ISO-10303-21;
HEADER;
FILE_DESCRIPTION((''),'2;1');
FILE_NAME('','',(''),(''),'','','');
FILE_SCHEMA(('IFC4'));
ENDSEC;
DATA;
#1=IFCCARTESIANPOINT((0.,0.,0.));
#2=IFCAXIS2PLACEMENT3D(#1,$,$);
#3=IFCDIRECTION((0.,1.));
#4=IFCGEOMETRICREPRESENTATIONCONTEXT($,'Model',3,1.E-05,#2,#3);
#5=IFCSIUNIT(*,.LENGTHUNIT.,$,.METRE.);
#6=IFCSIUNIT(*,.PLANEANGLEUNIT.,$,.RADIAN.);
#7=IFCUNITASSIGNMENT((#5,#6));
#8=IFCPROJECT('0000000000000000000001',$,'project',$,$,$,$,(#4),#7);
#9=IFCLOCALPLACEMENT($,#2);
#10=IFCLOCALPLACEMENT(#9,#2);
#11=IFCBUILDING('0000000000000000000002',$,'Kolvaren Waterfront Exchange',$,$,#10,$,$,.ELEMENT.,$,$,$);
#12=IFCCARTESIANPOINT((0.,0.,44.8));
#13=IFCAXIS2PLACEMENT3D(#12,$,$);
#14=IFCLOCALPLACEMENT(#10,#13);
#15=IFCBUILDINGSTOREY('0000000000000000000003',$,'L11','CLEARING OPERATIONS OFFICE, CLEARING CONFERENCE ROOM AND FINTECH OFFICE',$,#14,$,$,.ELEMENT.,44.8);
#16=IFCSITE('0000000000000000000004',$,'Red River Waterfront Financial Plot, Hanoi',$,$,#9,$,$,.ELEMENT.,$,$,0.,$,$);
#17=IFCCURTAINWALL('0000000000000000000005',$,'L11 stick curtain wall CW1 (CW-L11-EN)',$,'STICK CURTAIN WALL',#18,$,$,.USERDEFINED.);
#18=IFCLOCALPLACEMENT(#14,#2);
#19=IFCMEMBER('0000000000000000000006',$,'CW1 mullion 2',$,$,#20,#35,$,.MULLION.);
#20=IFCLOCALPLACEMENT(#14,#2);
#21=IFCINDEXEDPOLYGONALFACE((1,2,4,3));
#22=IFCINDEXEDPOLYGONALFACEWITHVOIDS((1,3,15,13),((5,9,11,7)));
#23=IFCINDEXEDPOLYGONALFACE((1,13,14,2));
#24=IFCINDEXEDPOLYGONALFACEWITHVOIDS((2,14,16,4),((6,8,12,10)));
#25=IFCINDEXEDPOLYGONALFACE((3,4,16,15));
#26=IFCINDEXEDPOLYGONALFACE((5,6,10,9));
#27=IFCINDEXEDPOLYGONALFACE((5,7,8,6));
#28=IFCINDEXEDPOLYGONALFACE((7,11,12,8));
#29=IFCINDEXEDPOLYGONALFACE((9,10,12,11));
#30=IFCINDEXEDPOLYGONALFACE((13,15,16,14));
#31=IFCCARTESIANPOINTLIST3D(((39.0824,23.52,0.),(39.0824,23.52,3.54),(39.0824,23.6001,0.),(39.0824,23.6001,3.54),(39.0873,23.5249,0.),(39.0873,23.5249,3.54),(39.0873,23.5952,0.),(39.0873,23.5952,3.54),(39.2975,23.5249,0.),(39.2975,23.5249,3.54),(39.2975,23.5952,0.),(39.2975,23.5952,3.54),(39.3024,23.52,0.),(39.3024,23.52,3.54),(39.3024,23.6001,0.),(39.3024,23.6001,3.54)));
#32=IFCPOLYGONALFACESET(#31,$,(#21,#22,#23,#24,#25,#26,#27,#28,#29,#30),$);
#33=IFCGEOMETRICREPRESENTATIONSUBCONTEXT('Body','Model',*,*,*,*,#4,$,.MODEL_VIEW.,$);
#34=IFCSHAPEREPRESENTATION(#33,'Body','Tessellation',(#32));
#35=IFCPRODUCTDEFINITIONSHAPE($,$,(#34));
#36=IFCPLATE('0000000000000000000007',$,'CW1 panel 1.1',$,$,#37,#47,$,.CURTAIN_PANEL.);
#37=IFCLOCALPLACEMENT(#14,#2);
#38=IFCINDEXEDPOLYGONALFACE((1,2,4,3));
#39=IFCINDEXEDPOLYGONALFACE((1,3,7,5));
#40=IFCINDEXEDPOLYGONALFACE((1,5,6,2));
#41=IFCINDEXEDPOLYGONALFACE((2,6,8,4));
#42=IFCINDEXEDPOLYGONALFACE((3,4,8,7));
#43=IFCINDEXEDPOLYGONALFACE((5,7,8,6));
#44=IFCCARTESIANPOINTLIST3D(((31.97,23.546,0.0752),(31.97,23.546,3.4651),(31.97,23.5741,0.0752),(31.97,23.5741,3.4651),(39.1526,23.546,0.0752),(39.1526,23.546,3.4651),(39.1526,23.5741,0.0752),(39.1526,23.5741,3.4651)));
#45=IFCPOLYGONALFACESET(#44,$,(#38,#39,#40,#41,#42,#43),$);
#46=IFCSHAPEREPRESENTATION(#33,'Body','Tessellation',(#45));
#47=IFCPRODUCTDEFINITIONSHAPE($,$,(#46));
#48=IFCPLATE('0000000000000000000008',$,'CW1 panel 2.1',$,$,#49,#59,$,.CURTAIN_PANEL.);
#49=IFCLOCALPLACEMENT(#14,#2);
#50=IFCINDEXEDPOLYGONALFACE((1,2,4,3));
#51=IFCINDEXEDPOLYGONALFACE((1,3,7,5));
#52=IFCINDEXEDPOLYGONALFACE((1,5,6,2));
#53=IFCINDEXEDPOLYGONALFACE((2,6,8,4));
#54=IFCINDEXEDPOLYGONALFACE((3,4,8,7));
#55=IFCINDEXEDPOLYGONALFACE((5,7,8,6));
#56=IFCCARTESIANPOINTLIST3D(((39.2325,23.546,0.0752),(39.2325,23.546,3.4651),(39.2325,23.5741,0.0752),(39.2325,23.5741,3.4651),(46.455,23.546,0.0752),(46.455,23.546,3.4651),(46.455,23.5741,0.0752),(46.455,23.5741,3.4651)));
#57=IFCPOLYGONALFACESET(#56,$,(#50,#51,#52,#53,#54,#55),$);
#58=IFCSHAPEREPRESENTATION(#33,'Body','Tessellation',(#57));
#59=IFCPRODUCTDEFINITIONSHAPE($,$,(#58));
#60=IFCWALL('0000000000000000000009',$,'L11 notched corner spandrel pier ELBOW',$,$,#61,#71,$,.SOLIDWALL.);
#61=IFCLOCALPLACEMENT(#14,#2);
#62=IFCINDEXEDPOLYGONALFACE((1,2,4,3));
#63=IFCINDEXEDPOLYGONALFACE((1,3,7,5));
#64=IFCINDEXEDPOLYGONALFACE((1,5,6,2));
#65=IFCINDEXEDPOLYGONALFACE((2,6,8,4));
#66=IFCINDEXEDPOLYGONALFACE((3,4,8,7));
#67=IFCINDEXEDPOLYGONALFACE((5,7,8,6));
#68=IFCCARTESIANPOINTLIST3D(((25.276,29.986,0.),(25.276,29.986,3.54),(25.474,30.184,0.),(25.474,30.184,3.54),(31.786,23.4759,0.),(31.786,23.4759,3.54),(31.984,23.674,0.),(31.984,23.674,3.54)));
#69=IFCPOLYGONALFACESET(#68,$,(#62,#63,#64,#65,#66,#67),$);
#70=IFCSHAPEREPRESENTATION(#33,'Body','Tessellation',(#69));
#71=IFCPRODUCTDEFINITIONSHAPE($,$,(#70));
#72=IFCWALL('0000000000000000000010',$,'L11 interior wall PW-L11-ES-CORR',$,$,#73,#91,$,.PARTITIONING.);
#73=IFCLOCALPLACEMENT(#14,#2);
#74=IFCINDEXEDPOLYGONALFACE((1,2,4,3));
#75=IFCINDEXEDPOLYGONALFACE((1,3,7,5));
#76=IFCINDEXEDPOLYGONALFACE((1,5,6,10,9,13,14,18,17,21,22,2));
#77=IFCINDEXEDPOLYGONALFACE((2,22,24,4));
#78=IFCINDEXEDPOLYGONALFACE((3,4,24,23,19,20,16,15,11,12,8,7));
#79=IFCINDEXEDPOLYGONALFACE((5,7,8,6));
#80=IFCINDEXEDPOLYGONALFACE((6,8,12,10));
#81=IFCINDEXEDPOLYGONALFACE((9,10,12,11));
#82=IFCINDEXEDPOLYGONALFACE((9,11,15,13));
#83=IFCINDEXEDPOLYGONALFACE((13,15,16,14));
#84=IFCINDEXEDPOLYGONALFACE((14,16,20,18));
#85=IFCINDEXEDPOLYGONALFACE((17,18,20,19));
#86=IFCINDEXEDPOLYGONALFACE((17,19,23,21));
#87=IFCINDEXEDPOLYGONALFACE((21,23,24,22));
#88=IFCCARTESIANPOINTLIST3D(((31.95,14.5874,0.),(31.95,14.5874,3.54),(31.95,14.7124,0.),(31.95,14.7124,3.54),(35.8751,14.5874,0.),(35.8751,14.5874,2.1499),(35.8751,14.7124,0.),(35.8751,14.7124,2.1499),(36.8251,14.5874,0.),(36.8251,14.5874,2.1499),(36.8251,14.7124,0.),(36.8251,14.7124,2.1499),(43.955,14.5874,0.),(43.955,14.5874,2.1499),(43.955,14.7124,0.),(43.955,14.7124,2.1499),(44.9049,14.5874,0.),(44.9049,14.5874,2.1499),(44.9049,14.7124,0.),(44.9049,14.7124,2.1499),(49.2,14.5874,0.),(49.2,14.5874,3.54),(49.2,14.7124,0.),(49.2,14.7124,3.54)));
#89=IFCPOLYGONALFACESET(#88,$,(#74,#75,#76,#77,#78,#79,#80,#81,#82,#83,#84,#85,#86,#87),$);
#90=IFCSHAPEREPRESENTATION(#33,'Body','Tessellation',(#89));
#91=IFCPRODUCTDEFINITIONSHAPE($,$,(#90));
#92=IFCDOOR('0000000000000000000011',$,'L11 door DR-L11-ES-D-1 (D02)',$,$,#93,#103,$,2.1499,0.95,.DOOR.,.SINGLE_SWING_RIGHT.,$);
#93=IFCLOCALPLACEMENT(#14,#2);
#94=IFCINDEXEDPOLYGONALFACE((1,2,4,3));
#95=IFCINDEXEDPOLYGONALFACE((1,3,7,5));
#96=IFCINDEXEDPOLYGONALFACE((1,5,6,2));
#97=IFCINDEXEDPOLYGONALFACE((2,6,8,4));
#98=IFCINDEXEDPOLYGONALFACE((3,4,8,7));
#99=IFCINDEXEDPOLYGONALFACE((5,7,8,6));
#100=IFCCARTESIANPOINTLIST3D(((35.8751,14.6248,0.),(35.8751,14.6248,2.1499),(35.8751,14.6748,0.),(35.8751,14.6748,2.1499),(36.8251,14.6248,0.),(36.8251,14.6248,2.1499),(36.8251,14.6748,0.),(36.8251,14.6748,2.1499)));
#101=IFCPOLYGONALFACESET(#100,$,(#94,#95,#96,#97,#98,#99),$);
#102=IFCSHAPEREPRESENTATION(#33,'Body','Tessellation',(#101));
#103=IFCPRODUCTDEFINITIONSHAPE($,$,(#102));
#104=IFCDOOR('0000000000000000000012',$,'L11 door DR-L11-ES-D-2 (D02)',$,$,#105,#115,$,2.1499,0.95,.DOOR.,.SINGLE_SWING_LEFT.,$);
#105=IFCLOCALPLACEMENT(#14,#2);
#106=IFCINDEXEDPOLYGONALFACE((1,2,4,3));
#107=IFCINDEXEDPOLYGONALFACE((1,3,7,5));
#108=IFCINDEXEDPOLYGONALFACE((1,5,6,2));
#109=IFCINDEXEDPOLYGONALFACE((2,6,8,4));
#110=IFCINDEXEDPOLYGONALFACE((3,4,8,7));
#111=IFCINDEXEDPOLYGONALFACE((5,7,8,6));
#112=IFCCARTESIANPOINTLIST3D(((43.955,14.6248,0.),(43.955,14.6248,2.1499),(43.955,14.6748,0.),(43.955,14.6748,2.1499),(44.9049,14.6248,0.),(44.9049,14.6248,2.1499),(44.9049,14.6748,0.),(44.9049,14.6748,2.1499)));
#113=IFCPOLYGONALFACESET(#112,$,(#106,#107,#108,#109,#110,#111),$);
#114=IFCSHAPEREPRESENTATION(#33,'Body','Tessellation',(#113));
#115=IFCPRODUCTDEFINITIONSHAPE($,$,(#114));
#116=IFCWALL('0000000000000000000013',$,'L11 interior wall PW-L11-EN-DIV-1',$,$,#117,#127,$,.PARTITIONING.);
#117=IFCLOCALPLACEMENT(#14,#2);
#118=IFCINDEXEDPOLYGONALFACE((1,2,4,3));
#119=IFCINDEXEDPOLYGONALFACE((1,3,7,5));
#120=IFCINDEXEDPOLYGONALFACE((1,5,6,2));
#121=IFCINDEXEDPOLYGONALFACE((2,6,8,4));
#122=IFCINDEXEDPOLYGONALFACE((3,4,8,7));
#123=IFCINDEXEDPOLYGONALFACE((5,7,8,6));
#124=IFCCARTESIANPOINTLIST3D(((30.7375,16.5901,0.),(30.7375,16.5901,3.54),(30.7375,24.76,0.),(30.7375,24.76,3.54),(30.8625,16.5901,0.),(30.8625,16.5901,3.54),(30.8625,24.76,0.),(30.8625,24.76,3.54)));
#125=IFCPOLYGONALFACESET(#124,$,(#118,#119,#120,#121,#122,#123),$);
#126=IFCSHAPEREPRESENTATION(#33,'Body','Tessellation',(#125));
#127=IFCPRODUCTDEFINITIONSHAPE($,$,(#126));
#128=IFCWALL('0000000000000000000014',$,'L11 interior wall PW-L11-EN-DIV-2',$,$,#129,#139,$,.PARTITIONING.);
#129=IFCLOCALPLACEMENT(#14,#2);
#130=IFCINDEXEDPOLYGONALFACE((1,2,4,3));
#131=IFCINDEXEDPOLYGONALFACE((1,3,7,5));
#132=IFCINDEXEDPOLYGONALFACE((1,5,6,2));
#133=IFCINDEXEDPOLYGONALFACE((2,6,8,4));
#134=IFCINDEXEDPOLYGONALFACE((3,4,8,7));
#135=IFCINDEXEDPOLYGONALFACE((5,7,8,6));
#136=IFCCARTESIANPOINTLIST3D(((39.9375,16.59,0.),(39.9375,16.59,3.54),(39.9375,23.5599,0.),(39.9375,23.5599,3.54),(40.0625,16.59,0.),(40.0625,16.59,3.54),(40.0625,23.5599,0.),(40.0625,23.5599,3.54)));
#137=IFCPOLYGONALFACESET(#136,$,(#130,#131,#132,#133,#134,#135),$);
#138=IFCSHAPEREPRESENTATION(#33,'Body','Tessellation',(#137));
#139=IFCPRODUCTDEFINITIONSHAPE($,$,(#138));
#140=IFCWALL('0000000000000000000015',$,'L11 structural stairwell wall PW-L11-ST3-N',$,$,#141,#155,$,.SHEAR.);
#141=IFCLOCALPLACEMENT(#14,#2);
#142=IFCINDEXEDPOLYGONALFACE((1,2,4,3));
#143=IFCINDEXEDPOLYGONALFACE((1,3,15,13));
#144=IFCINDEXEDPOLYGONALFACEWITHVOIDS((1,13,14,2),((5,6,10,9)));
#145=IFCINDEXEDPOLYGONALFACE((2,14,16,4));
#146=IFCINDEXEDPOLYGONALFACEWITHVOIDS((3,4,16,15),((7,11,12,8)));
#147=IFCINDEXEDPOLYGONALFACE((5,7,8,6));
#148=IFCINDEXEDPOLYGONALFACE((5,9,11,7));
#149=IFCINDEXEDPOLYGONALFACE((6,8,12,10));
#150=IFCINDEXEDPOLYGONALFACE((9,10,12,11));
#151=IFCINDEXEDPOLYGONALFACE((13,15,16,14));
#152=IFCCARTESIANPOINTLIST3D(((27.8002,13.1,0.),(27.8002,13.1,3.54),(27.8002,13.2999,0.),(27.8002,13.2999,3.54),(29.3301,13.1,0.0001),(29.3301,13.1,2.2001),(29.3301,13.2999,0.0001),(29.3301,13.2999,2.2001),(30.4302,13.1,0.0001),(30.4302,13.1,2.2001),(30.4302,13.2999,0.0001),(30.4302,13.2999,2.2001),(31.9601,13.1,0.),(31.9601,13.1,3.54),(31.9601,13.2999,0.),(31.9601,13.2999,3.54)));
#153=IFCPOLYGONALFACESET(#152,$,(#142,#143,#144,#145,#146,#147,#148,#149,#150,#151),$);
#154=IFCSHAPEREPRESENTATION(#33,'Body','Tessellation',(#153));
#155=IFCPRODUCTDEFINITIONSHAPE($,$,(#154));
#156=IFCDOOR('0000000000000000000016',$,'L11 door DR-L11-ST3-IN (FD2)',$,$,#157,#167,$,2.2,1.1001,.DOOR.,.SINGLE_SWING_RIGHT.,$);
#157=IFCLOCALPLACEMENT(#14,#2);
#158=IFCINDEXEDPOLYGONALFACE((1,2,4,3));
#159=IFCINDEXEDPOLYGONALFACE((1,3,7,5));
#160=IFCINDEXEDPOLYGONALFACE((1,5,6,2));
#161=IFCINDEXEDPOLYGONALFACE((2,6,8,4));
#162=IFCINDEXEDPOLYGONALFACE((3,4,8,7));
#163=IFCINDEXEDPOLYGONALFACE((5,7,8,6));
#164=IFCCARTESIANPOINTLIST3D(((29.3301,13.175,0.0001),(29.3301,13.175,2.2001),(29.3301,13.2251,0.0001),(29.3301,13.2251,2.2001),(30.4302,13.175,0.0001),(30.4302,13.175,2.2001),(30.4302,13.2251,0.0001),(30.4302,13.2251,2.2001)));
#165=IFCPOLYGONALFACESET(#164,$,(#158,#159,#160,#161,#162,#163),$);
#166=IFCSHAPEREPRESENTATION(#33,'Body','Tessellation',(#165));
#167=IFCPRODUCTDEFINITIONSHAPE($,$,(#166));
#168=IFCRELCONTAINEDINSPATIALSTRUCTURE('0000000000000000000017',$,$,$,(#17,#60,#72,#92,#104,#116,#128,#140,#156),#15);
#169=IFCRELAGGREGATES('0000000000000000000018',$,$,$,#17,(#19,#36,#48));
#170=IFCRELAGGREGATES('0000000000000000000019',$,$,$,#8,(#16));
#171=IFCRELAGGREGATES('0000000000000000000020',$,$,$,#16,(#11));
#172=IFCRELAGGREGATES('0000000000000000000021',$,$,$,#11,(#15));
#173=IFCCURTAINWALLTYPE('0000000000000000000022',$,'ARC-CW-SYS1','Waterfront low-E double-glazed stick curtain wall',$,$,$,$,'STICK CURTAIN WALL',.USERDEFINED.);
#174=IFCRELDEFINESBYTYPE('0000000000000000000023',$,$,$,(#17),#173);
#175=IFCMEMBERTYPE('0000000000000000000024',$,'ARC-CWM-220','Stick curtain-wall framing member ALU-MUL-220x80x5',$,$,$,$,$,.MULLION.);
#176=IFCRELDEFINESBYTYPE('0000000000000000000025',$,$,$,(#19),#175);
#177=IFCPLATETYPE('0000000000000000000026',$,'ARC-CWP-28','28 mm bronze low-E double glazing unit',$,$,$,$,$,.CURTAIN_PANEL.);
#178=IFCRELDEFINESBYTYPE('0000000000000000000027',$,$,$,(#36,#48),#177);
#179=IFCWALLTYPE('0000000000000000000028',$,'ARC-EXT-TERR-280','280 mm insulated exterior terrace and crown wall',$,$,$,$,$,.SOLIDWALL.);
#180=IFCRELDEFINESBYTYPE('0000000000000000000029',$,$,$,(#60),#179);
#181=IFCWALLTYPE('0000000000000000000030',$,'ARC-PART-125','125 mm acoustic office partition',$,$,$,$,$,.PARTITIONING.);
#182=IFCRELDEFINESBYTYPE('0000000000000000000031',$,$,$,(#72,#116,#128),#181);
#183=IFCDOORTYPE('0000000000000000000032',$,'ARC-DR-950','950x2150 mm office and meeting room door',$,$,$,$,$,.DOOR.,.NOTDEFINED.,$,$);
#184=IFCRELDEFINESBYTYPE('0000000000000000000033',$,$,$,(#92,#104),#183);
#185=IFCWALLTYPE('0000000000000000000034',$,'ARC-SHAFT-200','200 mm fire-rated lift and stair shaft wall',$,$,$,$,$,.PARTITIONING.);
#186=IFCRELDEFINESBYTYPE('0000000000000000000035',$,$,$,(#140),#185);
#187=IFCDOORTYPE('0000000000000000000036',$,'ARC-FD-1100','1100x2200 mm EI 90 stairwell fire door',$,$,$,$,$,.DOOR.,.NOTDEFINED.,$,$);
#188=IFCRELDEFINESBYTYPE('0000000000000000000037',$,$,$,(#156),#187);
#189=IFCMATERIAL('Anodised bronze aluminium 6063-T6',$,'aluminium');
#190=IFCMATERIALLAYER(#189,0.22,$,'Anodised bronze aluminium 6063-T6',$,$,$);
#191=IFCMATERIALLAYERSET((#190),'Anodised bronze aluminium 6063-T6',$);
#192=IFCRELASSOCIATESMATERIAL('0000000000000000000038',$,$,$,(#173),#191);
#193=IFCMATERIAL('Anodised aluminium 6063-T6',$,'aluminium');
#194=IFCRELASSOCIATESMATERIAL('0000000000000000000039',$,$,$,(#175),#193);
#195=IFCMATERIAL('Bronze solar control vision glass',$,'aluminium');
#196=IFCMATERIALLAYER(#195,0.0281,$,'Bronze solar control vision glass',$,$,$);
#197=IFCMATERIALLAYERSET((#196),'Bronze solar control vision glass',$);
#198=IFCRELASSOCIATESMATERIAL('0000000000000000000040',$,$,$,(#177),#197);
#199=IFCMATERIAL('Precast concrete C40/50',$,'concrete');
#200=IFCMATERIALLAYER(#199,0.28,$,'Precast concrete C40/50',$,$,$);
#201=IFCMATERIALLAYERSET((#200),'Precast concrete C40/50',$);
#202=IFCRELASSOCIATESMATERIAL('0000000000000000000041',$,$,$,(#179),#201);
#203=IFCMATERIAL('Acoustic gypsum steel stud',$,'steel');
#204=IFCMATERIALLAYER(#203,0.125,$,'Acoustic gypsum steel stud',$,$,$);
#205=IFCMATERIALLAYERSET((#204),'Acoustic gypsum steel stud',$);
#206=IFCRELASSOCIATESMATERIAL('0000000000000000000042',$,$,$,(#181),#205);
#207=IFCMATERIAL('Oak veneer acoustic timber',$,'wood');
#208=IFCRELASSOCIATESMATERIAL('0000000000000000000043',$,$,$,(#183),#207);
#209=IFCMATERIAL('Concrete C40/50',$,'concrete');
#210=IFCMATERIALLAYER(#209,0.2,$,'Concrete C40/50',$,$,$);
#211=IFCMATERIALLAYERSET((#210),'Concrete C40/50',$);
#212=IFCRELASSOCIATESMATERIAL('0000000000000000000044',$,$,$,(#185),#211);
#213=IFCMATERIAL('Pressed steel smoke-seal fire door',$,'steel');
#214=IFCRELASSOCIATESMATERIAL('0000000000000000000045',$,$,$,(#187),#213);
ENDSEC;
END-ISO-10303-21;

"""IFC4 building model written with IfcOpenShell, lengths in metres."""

from ifc_helpers import new_model, si_unit, direction, frame, frame_2d, origin, origin_with_axes, origin_2d, place, context, subcontext, project, spatial, rectangle, hollow_rectangle, extrude, source, transform, mapped, material, layer, layer_set, material_profile, profile_set, type_object, element, fill, aggregate, save


model = new_model("IFC4")

# Units and contexts
model_context = context("Model", 3, precision=1e-05, world=origin(), true_north=direction((0.0, 1.0)))
body_context = subcontext(model_context, "Body", "Model", "MODEL_VIEW")
ifc_project = project(units=[si_unit("LENGTHUNIT", "METRE"), si_unit("PLANEANGLEUNIT", "RADIAN")], contexts=[model_context])

# Site, building, storey
site_placement = place(None, origin())
site = spatial("IfcSite", under=ifc_project, at=site_placement, Name="Red River Waterfront Financial Plot, Hanoi", CompositionType="ELEMENT", RefElevation=0.0)
building_placement = place(site_placement, origin())
building = spatial("IfcBuilding", under=site, at=building_placement, Name="Kolvaren Waterfront Exchange", CompositionType="ELEMENT")
storey_placement = place(building_placement, frame((0.0, 0.0, 44.8)))
storey = spatial("IfcBuildingStorey", under=building, at=storey_placement, Name="L11", Description="CLEARING OPERATIONS OFFICE, CLEARING CONFERENCE ROOM AND FINTECH OFFICE", CompositionType="ELEMENT", Elevation=44.8)

# Curtain wall, member, plates
ifc_material_1 = material(Name="Anodised bronze aluminium 6063-T6", Category="aluminium")
ifc_layer_1 = layer(ifc_material_1, 0.22, Name="Anodised bronze aluminium 6063-T6")
ifc_layer_set_1 = layer_set([ifc_layer_1], Name="Anodised bronze aluminium 6063-T6")
curtain_wall_type = type_object("IfcCurtainWallType", Name="ARC-CW-SYS1", Description="Waterfront low-E double-glazed stick curtain wall", ElementType="STICK CURTAIN WALL", PredefinedType="USERDEFINED", material=ifc_layer_set_1)
curtain_wall_placement = place(storey_placement, origin())
curtain_wall = element("IfcCurtainWall", 1, at=curtain_wall_placement, inside=storey, type_object=curtain_wall_type, Name="L11 stick curtain wall CW1 (CW-L11-EN)", ObjectType="STICK CURTAIN WALL", PredefinedType="USERDEFINED")
ifc_material_2 = material(Name="Anodised aluminium 6063-T6", Category="aluminium")
ifc_material_profile_1 = material_profile(ifc_material_2, hollow_rectangle(XDim=0.0801, YDim=0.22, WallThickness=0.0049, at=origin_2d()), Name="ALU-MUL-220x80x5")
ifc_profile_set_1 = profile_set([ifc_material_profile_1], Name="Anodised aluminium 6063-T6")
member_type_1 = type_object("IfcMemberType", Name="ARC-CWM-220", Description="Stick curtain-wall framing member ALU-MUL-220x80x5", PredefinedType="MULLION", material=ifc_profile_set_1)
shared_shape_1 = source(origin_with_axes(), body_context, "Body", "SweptSolid", [
    extrude(hollow_rectangle(XDim=0.0801, YDim=0.22, WallThickness=0.0049, at=origin_2d()), origin(), (0.0, 0.0, 1.0), 3.54),
])
member_1_placement = place(storey_placement, frame((39.1924, 23.5601, 0.0), z_axis=(0.0, 0.0, 1.0), x_axis=(0.0, 1.0, 0.0)))
member_1 = element("IfcMember", 2, at=member_1_placement, type_object=member_type_1, Name="CW1 mullion 2", PredefinedType="MULLION", context=body_context, shape_type="MappedRepresentation", body=[
    mapped(shared_shape_1, transform((0.0, 0.0, 0.0), x_axis=(1.0, 0.0, 0.0), y_axis=(0.0, 1.0, 0.0), z_axis=(0.0, 0.0, 1.0), scale=1.0)),
])
ifc_material_3 = material(Name="Bronze solar control vision glass", Category="aluminium")
ifc_layer_2 = layer(ifc_material_3, 0.0281, Name="Bronze solar control vision glass")
ifc_layer_set_2 = layer_set([ifc_layer_2], Name="Bronze solar control vision glass")
plate_type = type_object("IfcPlateType", Name="ARC-CWP-28", Description="28 mm bronze low-E double glazing unit", PredefinedType="CURTAIN_PANEL", material=ifc_layer_set_2)
shared_shape_2 = source(origin_with_axes(), body_context, "Body", "SweptSolid", [
    extrude(rectangle(XDim=7.1826, YDim=0.0281, at=origin_2d()), origin(), (0.0, 0.0, 1.0), 3.3899),
])
plate_1_placement = place(storey_placement, frame((35.5613, 23.5601, 0.0752), z_axis=(0.0, 0.0, 1.0), x_axis=(1.0, 0.0, 0.0)))
plate_1 = element("IfcPlate", 3, at=plate_1_placement, type_object=plate_type, Name="CW1 panel 1.1", PredefinedType="CURTAIN_PANEL", context=body_context, shape_type="MappedRepresentation", body=[
    mapped(shared_shape_2, transform((0.0, 0.0, 0.0), x_axis=(1.0, 0.0, 0.0), y_axis=(0.0, 1.0, 0.0), z_axis=(0.0, 0.0, 1.0), scale=1.0)),
])
shared_shape_3 = source(origin_with_axes(), body_context, "Body", "SweptSolid", [
    extrude(rectangle(XDim=7.2224, YDim=0.0281, at=origin_2d()), origin(), (0.0, 0.0, 1.0), 3.3899),
])
plate_2_placement = place(storey_placement, frame((42.8438, 23.5601, 0.0752), z_axis=(0.0, 0.0, 1.0), x_axis=(1.0, 0.0, 0.0)))
plate_2 = element("IfcPlate", 4, at=plate_2_placement, type_object=plate_type, Name="CW1 panel 2.1", PredefinedType="CURTAIN_PANEL", context=body_context, shape_type="MappedRepresentation", body=[
    mapped(shared_shape_3, transform((0.0, 0.0, 0.0), x_axis=(1.0, 0.0, 0.0), y_axis=(0.0, 1.0, 0.0), z_axis=(0.0, 0.0, 1.0), scale=1.0)),
])
aggregate(curtain_wall, [member_1, plate_1, plate_2])

# Wall
ifc_material_4 = material(Name="Precast concrete C40/50", Category="concrete")
ifc_layer_3 = layer(ifc_material_4, 0.28, Name="Precast concrete C40/50")
ifc_layer_set_3 = layer_set([ifc_layer_3], Name="Precast concrete C40/50")
wall_type_1 = type_object("IfcWallType", Name="ARC-EXT-TERR-280", Description="280 mm insulated exterior terrace and crown wall", PredefinedType="SOLIDWALL", material=ifc_layer_set_3)
wall_1_placement = place(storey_placement, frame((31.885, 23.575, 0.0), z_axis=(0.0, 0.0, 1.0), x_axis=(-0.707107, 0.707107, 0.0)))
element("IfcWall", 5, at=wall_1_placement, inside=storey, type_object=wall_type_1, Name="L11 notched corner spandrel pier ELBOW", PredefinedType="SOLIDWALL", context=body_context, shape_type="SweptSolid", body=[
    extrude(rectangle(XDim=9.2065, YDim=0.28, at=frame_2d((4.6033, 0.0))), origin(), (0.0, 0.0, 1.0), 3.54),
])

# Wall, openings, doors
ifc_material_5 = material(Name="Acoustic gypsum steel stud", Category="steel")
ifc_layer_4 = layer(ifc_material_5, 0.125, Name="Acoustic gypsum steel stud")
ifc_layer_set_4 = layer_set([ifc_layer_4], Name="Acoustic gypsum steel stud")
wall_type_2 = type_object("IfcWallType", Name="ARC-PART-125", Description="125 mm acoustic office partition", PredefinedType="PARTITIONING", material=ifc_layer_set_4)
wall_2_placement = place(storey_placement, frame((31.95, 14.6499, 0.0), z_axis=(0.0, 0.0, 1.0), x_axis=(1.0, 0.0, 0.0)))
wall_2 = element("IfcWall", 6, at=wall_2_placement, inside=storey, type_object=wall_type_2, Name="L11 interior wall PW-L11-ES-CORR", PredefinedType="PARTITIONING", context=body_context, shape_type="SweptSolid", body=[
    extrude(rectangle(XDim=17.25, YDim=0.125, at=frame_2d((8.625, 0.0))), origin(), (0.0, 0.0, 1.0), 3.54),
])
opening_1_placement = place(wall_2_placement, frame((3.925, 0.0, 0.0)))
opening_1 = element("IfcOpeningElement", 7, at=opening_1_placement, cuts=wall_2, PredefinedType="OPENING", context=body_context, shape_type="SweptSolid", body=[
    extrude(rectangle(XDim=0.95, YDim=2.1499, at=frame_2d((0.4751, 1.075))), frame((0.0, 0.0725, 0.0), z_axis=(0.0, -1.0, 0.0), x_axis=(1.0, 0.0, 0.0)), (0.0, 0.0, 1.0), 0.145),
])
opening_2_placement = place(wall_2_placement, frame((12.0049, 0.0, 0.0)))
opening_2 = element("IfcOpeningElement", 8, at=opening_2_placement, cuts=wall_2, PredefinedType="OPENING", context=body_context, shape_type="SweptSolid", body=[
    extrude(rectangle(XDim=0.95, YDim=2.1499, at=frame_2d((0.4751, 1.075))), frame((0.0, 0.0725, 0.0), z_axis=(0.0, -1.0, 0.0), x_axis=(1.0, 0.0, 0.0)), (0.0, 0.0, 1.0), 0.145),
])
ifc_material_6 = material(Name="Oak veneer acoustic timber", Category="wood")
door_type_1 = type_object("IfcDoorType", Name="ARC-DR-950", Description="950x2150 mm office and meeting room door", OperationType="NOTDEFINED", PredefinedType="DOOR", material=ifc_material_6)
door_1_placement = place(opening_1_placement, origin())
door_1 = element("IfcDoor", 9, at=door_1_placement, inside=storey, type_object=door_type_1, Name="L11 door DR-L11-ES-D-1 (D02)", OperationType="SINGLE_SWING_RIGHT", OverallHeight=2.1499, OverallWidth=0.95, PredefinedType="DOOR", context=body_context, shape_type="SweptSolid", body=[
    extrude(rectangle(XDim=0.95, YDim=2.1499, at=frame_2d((0.4751, 1.075))), frame((0.0, 0.0249, 0.0), z_axis=(0.0, -1.0, 0.0), x_axis=(1.0, 0.0, 0.0)), (0.0, 0.0, 1.0), 0.05),
])
fill(opening_1, door_1)
door_2_placement = place(opening_2_placement, origin())
door_2 = element("IfcDoor", 10, at=door_2_placement, inside=storey, type_object=door_type_1, Name="L11 door DR-L11-ES-D-2 (D02)", OperationType="SINGLE_SWING_LEFT", OverallHeight=2.1499, OverallWidth=0.95, PredefinedType="DOOR", context=body_context, shape_type="SweptSolid", body=[
    extrude(rectangle(XDim=0.95, YDim=2.1499, at=frame_2d((0.4751, 1.075))), frame((0.0, 0.0249, 0.0), z_axis=(0.0, -1.0, 0.0), x_axis=(1.0, 0.0, 0.0)), (0.0, 0.0, 1.0), 0.05),
])
fill(opening_2, door_2)

# Walls
wall_3_placement = place(storey_placement, frame((30.8, 16.5901, 0.0), z_axis=(0.0, 0.0, 1.0), x_axis=(0.0, 1.0, 0.0)))
element("IfcWall", 11, at=wall_3_placement, inside=storey, type_object=wall_type_2, Name="L11 interior wall PW-L11-EN-DIV-1", PredefinedType="PARTITIONING", context=body_context, shape_type="SweptSolid", body=[
    extrude(rectangle(XDim=8.1699, YDim=0.125, at=frame_2d((4.085, 0.0))), origin(), (0.0, 0.0, 1.0), 3.54),
])
wall_4_placement = place(storey_placement, frame((40.0, 16.5901, 0.0), z_axis=(0.0, 0.0, 1.0), x_axis=(0.0, 1.0, 0.0)))
element("IfcWall", 12, at=wall_4_placement, inside=storey, type_object=wall_type_2, Name="L11 interior wall PW-L11-EN-DIV-2", PredefinedType="PARTITIONING", context=body_context, shape_type="SweptSolid", body=[
    extrude(rectangle(XDim=6.97, YDim=0.125, at=frame_2d((3.4849, 0.0))), origin(), (0.0, 0.0, 1.0), 3.54),
])

# Wall, opening, door
ifc_material_7 = material(Name="Concrete C40/50", Category="concrete")
ifc_layer_5 = layer(ifc_material_7, 0.2, Name="Concrete C40/50")
ifc_layer_set_5 = layer_set([ifc_layer_5], Name="Concrete C40/50")
wall_type_3 = type_object("IfcWallType", Name="ARC-SHAFT-200", Description="200 mm fire-rated lift and stair shaft wall", PredefinedType="PARTITIONING", material=ifc_layer_set_5)
wall_5_placement = place(storey_placement, frame((27.8, 13.2, 0.0), z_axis=(0.0, 0.0, 1.0), x_axis=(1.0, 0.0, 0.0)))
wall_5 = element("IfcWall", 13, at=wall_5_placement, inside=storey, type_object=wall_type_3, Name="L11 structural stairwell wall PW-L11-ST3-N", PredefinedType="SHEAR", context=body_context, shape_type="SweptSolid", body=[
    extrude(rectangle(XDim=4.1599, YDim=0.2, at=frame_2d((2.0801, 0.0))), origin(), (0.0, 0.0, 1.0), 3.54),
])
opening_3_placement = place(wall_5_placement, frame((1.53, 0.0, 0.0)))
opening_3 = element("IfcOpeningElement", 14, at=opening_3_placement, cuts=wall_5, PredefinedType="OPENING", context=body_context, shape_type="SweptSolid", body=[
    extrude(rectangle(XDim=1.1001, YDim=2.2, at=frame_2d((0.55, 1.1001))), frame((0.0, 0.1099, 0.0), z_axis=(0.0, -1.0, 0.0), x_axis=(1.0, 0.0, 0.0)), (0.0, 0.0, 1.0), 0.22),
])
ifc_material_8 = material(Name="Pressed steel smoke-seal fire door", Category="steel")
door_type_2 = type_object("IfcDoorType", Name="ARC-FD-1100", Description="1100x2200 mm EI 90 stairwell fire door", OperationType="NOTDEFINED", PredefinedType="DOOR", material=ifc_material_8)
door_3_placement = place(opening_3_placement, frame((1.1001, 0.0, 0.0), z_axis=(0.0, 0.0, 1.0), x_axis=(-1.0, 0.0, 0.0)))
door_3 = element("IfcDoor", 15, at=door_3_placement, inside=storey, type_object=door_type_2, Name="L11 door DR-L11-ST3-IN (FD2)", OperationType="SINGLE_SWING_RIGHT", OverallHeight=2.2, OverallWidth=1.1001, PredefinedType="DOOR", context=body_context, shape_type="SweptSolid", body=[
    extrude(rectangle(XDim=1.1001, YDim=2.2, at=frame_2d((0.55, 1.1001))), frame((0.0, 0.0249, 0.0), z_axis=(0.0, -1.0, 0.0), x_axis=(1.0, 0.0, 0.0)), (0.0, 0.0, 1.0), 0.05),
])
fill(opening_3, door_3)

save(model, "model.ifc")
